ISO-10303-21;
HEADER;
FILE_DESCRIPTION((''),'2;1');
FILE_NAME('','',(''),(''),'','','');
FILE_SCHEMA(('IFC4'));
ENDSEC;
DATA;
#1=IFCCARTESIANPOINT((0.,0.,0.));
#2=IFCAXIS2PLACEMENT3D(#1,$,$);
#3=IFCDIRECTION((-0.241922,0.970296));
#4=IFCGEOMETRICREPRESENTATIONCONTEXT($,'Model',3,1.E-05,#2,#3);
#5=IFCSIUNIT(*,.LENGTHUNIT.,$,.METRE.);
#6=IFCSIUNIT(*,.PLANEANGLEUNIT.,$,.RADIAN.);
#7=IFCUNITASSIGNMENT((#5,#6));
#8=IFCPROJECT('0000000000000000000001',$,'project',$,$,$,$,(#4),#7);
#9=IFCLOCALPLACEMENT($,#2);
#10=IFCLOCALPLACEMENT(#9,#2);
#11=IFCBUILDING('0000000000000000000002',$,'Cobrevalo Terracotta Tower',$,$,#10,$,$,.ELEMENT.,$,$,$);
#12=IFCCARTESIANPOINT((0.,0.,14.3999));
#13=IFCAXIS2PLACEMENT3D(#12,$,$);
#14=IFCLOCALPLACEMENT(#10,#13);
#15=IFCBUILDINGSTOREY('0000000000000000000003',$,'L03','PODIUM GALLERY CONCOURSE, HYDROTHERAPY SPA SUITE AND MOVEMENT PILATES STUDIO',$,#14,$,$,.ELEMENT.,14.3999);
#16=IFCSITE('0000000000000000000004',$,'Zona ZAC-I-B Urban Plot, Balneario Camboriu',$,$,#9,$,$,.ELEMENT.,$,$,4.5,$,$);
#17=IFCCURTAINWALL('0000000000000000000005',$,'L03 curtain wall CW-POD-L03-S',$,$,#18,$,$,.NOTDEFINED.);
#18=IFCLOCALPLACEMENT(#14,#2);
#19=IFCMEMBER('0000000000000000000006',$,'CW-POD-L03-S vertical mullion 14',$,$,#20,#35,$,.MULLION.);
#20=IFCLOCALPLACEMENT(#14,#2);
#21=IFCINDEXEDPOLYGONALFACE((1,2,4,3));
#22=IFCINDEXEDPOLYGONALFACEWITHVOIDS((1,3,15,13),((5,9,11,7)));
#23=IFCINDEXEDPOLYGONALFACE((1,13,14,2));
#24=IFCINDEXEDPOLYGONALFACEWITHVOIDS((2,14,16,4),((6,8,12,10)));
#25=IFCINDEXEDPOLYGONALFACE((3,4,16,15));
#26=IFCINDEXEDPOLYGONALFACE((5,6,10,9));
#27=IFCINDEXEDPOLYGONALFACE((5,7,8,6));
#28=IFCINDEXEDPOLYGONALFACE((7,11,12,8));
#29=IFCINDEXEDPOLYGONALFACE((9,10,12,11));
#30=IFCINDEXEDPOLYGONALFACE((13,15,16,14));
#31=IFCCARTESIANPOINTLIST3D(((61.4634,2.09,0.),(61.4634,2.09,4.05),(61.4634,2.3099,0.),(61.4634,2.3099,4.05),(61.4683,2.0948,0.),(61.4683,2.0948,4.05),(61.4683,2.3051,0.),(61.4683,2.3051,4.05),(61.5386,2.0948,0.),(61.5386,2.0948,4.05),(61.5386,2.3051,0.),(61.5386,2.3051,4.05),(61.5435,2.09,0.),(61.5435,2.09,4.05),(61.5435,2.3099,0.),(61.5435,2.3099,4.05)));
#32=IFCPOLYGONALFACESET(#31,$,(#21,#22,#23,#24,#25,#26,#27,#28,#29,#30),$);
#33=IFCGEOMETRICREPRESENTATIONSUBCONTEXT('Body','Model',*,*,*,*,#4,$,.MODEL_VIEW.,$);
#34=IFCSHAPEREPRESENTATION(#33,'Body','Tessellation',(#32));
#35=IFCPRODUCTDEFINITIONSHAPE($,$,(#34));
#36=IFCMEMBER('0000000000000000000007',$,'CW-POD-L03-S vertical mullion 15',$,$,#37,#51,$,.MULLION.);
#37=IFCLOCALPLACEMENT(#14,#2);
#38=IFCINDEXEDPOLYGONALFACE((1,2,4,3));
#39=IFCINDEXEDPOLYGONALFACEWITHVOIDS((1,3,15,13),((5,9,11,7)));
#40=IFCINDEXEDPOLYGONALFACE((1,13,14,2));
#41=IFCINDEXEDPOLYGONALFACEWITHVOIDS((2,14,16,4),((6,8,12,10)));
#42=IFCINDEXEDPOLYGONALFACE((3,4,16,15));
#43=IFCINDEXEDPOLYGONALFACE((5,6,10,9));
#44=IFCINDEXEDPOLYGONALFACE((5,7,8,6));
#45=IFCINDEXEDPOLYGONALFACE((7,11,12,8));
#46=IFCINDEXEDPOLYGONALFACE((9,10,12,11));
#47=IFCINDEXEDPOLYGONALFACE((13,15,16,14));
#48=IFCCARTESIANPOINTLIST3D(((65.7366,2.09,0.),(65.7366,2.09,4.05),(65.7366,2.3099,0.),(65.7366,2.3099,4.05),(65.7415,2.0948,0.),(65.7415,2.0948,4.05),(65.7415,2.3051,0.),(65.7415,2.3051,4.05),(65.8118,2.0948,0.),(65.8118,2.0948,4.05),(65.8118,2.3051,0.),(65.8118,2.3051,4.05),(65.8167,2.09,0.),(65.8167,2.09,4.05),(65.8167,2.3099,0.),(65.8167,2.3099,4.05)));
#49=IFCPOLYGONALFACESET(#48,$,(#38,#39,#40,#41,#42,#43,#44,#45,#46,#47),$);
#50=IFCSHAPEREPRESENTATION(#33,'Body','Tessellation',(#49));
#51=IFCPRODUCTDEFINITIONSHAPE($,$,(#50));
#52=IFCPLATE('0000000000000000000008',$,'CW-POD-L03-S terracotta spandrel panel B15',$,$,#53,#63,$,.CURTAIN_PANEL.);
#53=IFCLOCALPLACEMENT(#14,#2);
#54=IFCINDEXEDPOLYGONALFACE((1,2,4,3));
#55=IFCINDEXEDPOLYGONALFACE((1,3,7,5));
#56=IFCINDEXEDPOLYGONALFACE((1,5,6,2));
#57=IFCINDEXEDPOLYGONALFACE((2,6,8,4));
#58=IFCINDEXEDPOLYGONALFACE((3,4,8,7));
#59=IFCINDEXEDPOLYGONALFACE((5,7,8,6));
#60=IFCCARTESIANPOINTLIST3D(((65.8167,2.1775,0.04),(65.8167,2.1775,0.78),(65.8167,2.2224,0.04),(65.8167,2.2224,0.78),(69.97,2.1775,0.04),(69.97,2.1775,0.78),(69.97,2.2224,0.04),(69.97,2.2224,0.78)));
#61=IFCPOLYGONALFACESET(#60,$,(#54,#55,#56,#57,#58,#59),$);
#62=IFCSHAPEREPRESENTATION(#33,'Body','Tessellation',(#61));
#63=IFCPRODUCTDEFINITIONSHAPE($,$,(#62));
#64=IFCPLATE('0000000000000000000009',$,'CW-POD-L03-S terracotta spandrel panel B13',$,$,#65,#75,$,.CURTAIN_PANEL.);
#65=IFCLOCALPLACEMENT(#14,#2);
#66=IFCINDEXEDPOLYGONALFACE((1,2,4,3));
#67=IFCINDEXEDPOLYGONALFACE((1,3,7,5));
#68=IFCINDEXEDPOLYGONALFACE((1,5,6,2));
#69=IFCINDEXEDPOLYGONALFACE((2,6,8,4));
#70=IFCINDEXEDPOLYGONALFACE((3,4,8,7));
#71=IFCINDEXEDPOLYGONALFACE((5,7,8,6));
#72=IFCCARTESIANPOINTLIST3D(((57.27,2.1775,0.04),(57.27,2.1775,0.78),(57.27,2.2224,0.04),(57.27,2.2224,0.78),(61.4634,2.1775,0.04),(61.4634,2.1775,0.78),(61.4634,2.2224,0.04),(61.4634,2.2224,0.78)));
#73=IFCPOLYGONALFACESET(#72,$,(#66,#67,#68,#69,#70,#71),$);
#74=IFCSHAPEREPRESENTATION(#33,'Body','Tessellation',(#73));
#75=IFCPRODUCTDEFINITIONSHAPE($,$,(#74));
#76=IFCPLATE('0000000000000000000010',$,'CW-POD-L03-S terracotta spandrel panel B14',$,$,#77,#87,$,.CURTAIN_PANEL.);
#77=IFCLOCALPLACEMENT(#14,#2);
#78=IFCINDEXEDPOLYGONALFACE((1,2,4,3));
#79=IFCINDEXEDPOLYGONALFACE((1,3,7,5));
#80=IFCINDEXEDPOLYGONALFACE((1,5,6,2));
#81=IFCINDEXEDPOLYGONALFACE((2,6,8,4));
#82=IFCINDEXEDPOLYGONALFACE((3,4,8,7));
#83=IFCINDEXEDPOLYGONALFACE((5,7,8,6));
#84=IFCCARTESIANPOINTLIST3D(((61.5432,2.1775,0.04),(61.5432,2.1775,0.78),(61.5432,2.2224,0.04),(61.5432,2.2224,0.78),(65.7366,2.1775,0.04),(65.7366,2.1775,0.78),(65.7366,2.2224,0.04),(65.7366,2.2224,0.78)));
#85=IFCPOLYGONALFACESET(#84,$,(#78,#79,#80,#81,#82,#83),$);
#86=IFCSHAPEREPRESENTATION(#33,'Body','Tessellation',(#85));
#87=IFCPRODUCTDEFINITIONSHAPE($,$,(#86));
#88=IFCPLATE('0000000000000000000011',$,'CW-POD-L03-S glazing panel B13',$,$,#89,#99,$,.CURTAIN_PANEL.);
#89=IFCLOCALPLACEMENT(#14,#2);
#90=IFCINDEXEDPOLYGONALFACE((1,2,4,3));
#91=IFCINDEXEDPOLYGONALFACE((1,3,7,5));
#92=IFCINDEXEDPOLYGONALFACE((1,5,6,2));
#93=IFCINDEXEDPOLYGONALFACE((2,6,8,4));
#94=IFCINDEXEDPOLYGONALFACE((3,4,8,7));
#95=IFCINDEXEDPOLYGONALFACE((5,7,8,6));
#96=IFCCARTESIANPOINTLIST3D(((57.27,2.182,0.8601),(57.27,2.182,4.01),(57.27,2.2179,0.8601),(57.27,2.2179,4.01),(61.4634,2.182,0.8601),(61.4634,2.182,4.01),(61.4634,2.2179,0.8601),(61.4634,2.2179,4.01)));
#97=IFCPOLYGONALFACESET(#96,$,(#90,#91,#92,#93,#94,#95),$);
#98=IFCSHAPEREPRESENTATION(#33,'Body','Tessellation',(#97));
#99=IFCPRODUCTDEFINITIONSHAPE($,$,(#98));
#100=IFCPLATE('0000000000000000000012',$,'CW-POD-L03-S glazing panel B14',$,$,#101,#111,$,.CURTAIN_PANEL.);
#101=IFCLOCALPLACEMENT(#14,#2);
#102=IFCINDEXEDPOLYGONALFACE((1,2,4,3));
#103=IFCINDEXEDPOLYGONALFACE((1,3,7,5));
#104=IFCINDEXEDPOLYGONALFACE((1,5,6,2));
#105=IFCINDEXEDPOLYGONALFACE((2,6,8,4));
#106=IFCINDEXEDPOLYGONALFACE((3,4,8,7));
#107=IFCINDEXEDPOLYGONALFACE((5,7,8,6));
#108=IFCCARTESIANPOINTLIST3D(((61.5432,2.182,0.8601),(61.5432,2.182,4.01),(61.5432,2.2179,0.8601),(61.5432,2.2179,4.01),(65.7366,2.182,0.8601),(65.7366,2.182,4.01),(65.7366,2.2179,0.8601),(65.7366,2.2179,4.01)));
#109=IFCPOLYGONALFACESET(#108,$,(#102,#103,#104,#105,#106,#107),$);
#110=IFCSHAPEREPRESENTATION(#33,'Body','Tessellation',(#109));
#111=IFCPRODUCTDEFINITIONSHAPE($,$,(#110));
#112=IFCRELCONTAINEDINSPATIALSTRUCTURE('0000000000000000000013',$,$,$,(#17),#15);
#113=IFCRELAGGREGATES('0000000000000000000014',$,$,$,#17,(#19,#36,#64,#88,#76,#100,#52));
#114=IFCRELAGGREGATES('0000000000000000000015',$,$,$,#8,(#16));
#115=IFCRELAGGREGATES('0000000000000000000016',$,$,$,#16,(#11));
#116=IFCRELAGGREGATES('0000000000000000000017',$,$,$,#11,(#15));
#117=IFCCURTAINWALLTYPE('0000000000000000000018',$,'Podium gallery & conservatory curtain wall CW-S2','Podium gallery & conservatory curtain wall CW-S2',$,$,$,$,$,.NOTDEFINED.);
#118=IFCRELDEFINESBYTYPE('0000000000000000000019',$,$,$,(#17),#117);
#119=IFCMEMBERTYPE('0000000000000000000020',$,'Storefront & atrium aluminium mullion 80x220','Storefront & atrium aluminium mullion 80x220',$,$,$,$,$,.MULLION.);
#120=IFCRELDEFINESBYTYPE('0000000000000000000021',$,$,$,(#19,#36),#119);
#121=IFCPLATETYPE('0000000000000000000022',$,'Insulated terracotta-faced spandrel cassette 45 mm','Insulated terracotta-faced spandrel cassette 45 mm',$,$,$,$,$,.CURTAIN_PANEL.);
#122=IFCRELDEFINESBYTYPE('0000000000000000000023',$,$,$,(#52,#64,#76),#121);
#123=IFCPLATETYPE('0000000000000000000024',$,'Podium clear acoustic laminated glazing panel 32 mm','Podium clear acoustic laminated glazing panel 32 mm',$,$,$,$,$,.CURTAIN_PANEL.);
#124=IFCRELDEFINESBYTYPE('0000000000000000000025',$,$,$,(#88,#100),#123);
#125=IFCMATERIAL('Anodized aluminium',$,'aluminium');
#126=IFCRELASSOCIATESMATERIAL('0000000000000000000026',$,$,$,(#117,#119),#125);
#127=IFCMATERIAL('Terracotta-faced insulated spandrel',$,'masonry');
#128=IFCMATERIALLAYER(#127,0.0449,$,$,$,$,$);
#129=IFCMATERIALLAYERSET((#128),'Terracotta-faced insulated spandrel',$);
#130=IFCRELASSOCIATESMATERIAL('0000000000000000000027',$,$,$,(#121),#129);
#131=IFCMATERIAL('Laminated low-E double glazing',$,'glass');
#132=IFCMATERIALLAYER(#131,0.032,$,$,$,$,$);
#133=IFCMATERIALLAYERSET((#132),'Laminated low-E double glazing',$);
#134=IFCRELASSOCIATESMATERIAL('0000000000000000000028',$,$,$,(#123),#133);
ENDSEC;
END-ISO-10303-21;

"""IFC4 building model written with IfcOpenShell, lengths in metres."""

from ifc_helpers import new_model, si_unit, direction, frame, origin, origin_2d, place, context, subcontext, project, spatial, rectangle, hollow_rectangle, extrude, source, transform, mapped, material, layer, layer_set, material_profile, profile_set, type_object, element, aggregate, save


model = new_model("IFC4")

# Units and contexts
model_context = context("Model", 3, precision=1e-05, world=origin(), true_north=direction((-0.241922, 0.970296)))
body_context = subcontext(model_context, "Body", "Model", "MODEL_VIEW")
ifc_project = project(units=[si_unit("LENGTHUNIT", "METRE"), si_unit("PLANEANGLEUNIT", "RADIAN")], contexts=[model_context])

# Site, building, storey
site_placement = place(None, origin())
site = spatial("IfcSite", under=ifc_project, at=site_placement, Name="Zona ZAC-I-B Urban Plot, Balneario Camboriu", CompositionType="ELEMENT", RefElevation=4.5)
building_placement = place(site_placement, origin())
building = spatial("IfcBuilding", under=site, at=building_placement, Name="Cobrevalo Terracotta Tower", CompositionType="ELEMENT")
storey_placement = place(building_placement, frame((0.0, 0.0, 14.3999)))
storey = spatial("IfcBuildingStorey", under=building, at=storey_placement, Name="L03", Description="PODIUM GALLERY CONCOURSE, HYDROTHERAPY SPA SUITE AND MOVEMENT PILATES STUDIO", CompositionType="ELEMENT", Elevation=14.3999)

# Curtain wall, members, plates
ifc_material_1 = material(Name="Anodized aluminium", Category="aluminium")
curtain_wall_type = type_object("IfcCurtainWallType", Name="Podium gallery & conservatory curtain wall CW-S2", Description="Podium gallery & conservatory curtain wall CW-S2", PredefinedType="NOTDEFINED", material=ifc_material_1)
curtain_wall_placement = place(storey_placement, origin())
curtain_wall = element("IfcCurtainWall", 1, at=curtain_wall_placement, inside=storey, type_object=curtain_wall_type, Name="L03 curtain wall CW-POD-L03-S", PredefinedType="NOTDEFINED")
ifc_material_profile_1 = material_profile(ifc_material_1, hollow_rectangle(XDim=0.0801, YDim=0.22, WallThickness=0.0049, at=origin_2d()), Name="CWM 80x220")
ifc_profile_set_1 = profile_set([ifc_material_profile_1], Name="Anodized aluminium")
member_type_1 = type_object("IfcMemberType", Name="Storefront & atrium aluminium mullion 80x220", Description="Storefront & atrium aluminium mullion 80x220", PredefinedType="MULLION", material=ifc_profile_set_1)
shared_shape_1 = source(origin(), body_context, "Body", "SweptSolid", [
    extrude(hollow_rectangle(XDim=0.0801, YDim=0.22, WallThickness=0.0049, at=origin_2d()), origin(), (0.0, 0.0, 1.0), 4.05),
])
member_1_placement = place(storey_placement, frame((61.5034, 2.2, 0.0), z_axis=(0.0, 0.0, 1.0), x_axis=(1.0, 0.0, 0.0)))
member_1 = element("IfcMember", 2, at=member_1_placement, type_object=member_type_1, Name="CW-POD-L03-S vertical mullion 14", PredefinedType="MULLION", context=body_context, shape_type="MappedRepresentation", body=[
    mapped(shared_shape_1, transform((0.0, 0.0, 0.0), scale=1.0)),
])
member_2_placement = place(storey_placement, frame((65.7766, 2.2, 0.0), z_axis=(0.0, 0.0, 1.0), x_axis=(1.0, 0.0, 0.0)))
member_2 = element("IfcMember", 3, at=member_2_placement, type_object=member_type_1, Name="CW-POD-L03-S vertical mullion 15", PredefinedType="MULLION", context=body_context, shape_type="MappedRepresentation", body=[
    mapped(shared_shape_1, transform((0.0, 0.0, 0.0), scale=1.0)),
])
ifc_material_2 = material(Name="Terracotta-faced insulated spandrel", Category="masonry")
ifc_layer_1 = layer(ifc_material_2, 0.0449)
ifc_layer_set_1 = layer_set([ifc_layer_1], Name="Terracotta-faced insulated spandrel")
plate_type_1 = type_object("IfcPlateType", Name="Insulated terracotta-faced spandrel cassette 45 mm", Description="Insulated terracotta-faced spandrel cassette 45 mm", PredefinedType="CURTAIN_PANEL", material=ifc_layer_set_1)
shared_shape_2 = source(origin(), body_context, "Body", "SweptSolid", [
    extrude(rectangle(XDim=4.1533, YDim=0.0449, at=origin_2d()), origin(), (0.0, 0.0, 1.0), 0.74),
])
plate_1_placement = place(storey_placement, frame((67.8933, 2.2, 0.04), z_axis=(0.0, 0.0, 1.0), x_axis=(1.0, 0.0, 0.0)))
plate_1 = element("IfcPlate", 4, at=plate_1_placement, type_object=plate_type_1, Name="CW-POD-L03-S terracotta spandrel panel B15", PredefinedType="CURTAIN_PANEL", context=body_context, shape_type="MappedRepresentation", body=[
    mapped(shared_shape_2, transform((0.0, 0.0, 0.0), scale=1.0)),
])
shared_shape_3 = source(origin(), body_context, "Body", "SweptSolid", [
    extrude(rectangle(XDim=4.1934, YDim=0.0449, at=origin_2d()), origin(), (0.0, 0.0, 1.0), 0.74),
])
plate_2_placement = place(storey_placement, frame((59.3667, 2.2, 0.04), z_axis=(0.0, 0.0, 1.0), x_axis=(1.0, 0.0, 0.0)))
plate_2 = element("IfcPlate", 5, at=plate_2_placement, type_object=plate_type_1, Name="CW-POD-L03-S terracotta spandrel panel B13", PredefinedType="CURTAIN_PANEL", context=body_context, shape_type="MappedRepresentation", body=[
    mapped(shared_shape_3, transform((0.0, 0.0, 0.0), scale=1.0)),
])
plate_3_placement = place(storey_placement, frame((63.6399, 2.2, 0.04), z_axis=(0.0, 0.0, 1.0), x_axis=(1.0, 0.0, 0.0)))
plate_3 = element("IfcPlate", 6, at=plate_3_placement, type_object=plate_type_1, Name="CW-POD-L03-S terracotta spandrel panel B14", PredefinedType="CURTAIN_PANEL", context=body_context, shape_type="MappedRepresentation", body=[
    mapped(shared_shape_3, transform((0.0, 0.0, 0.0), scale=1.0)),
])
ifc_material_3 = material(Name="Laminated low-E double glazing", Category="glass")
ifc_layer_2 = layer(ifc_material_3, 0.032)
ifc_layer_set_2 = layer_set([ifc_layer_2], Name="Laminated low-E double glazing")
plate_type_2 = type_object("IfcPlateType", Name="Podium clear acoustic laminated glazing panel 32 mm", Description="Podium clear acoustic laminated glazing panel 32 mm", PredefinedType="CURTAIN_PANEL", material=ifc_layer_set_2)
shared_shape_4 = source(origin(), body_context, "Body", "SweptSolid", [
    extrude(rectangle(XDim=4.1934, YDim=0.0359, at=origin_2d()), origin(), (0.0, 0.0, 1.0), 3.1499),
])
plate_4_placement = place(storey_placement, frame((59.3667, 2.2, 0.8601), z_axis=(0.0, 0.0, 1.0), x_axis=(1.0, 0.0, 0.0)))
plate_4 = element("IfcPlate", 7, at=plate_4_placement, type_object=plate_type_2, Name="CW-POD-L03-S glazing panel B13", PredefinedType="CURTAIN_PANEL", context=body_context, shape_type="MappedRepresentation", body=[
    mapped(shared_shape_4, transform((0.0, 0.0, 0.0), scale=1.0)),
])
plate_5_placement = place(storey_placement, frame((63.6399, 2.2, 0.8601), z_axis=(0.0, 0.0, 1.0), x_axis=(1.0, 0.0, 0.0)))
plate_5 = element("IfcPlate", 8, at=plate_5_placement, type_object=plate_type_2, Name="CW-POD-L03-S glazing panel B14", PredefinedType="CURTAIN_PANEL", context=body_context, shape_type="MappedRepresentation", body=[
    mapped(shared_shape_4, transform((0.0, 0.0, 0.0), scale=1.0)),
])
aggregate(curtain_wall, [member_1, member_2, plate_2, plate_4, plate_3, plate_5, plate_1])

save(model, "model.ifc")
